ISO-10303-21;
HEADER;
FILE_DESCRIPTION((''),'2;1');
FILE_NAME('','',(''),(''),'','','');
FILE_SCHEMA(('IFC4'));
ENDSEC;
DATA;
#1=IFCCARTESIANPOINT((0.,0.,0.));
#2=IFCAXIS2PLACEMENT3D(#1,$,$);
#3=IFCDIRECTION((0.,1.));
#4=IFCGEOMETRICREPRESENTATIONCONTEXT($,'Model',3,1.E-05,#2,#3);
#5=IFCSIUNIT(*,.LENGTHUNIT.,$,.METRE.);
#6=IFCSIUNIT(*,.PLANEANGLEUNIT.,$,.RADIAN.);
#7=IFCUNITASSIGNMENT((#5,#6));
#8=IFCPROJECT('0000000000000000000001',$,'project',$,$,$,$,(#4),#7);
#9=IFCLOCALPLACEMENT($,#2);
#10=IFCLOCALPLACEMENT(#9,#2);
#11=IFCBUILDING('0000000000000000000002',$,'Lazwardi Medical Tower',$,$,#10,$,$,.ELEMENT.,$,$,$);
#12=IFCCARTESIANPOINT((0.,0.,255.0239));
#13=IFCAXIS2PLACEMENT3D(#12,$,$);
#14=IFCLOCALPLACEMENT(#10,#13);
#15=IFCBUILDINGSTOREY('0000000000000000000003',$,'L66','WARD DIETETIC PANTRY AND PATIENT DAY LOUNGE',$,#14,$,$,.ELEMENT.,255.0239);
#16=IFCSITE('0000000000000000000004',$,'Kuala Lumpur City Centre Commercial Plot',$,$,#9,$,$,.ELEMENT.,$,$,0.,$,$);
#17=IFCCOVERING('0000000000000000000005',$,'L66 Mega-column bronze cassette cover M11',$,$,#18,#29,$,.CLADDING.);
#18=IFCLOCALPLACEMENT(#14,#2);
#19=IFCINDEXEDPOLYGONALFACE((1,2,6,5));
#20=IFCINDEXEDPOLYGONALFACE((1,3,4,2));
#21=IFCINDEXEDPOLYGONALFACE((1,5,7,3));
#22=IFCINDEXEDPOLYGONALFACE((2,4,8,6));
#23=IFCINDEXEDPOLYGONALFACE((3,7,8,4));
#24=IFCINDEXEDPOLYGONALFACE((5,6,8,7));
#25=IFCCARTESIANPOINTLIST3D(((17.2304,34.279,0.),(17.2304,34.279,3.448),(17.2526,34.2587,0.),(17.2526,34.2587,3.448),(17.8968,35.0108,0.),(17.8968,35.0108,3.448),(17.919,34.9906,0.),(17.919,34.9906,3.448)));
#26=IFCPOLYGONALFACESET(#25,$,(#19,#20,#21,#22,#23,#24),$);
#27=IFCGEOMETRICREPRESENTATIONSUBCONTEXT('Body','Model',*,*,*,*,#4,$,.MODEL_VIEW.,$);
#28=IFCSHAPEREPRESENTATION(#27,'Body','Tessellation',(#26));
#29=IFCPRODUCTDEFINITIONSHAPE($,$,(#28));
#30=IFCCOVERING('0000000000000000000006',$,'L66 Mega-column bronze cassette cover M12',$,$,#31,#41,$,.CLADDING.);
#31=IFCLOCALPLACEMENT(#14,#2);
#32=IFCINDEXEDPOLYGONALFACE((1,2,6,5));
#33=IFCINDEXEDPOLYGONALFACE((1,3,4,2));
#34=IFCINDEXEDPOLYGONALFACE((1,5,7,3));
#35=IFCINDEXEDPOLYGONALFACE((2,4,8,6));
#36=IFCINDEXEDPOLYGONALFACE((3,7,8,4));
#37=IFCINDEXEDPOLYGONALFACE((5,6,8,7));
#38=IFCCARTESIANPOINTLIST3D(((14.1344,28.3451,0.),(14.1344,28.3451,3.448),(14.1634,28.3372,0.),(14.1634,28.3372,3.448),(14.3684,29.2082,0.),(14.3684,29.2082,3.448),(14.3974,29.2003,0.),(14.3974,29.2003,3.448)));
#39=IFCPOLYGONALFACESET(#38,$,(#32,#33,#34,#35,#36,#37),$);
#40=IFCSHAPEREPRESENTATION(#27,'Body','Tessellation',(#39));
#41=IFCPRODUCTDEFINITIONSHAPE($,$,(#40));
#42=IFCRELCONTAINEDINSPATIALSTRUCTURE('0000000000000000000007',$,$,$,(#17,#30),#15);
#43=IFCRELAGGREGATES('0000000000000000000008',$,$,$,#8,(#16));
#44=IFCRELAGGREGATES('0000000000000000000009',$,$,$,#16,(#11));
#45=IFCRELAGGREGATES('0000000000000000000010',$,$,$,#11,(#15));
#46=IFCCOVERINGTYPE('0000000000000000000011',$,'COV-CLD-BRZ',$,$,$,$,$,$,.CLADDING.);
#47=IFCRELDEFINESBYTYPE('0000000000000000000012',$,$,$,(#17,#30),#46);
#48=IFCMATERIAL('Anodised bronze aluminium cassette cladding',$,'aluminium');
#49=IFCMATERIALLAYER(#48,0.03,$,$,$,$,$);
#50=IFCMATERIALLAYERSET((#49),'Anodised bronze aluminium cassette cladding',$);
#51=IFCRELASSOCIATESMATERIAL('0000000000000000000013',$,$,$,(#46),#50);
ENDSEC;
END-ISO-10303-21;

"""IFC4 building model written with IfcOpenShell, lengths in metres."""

from ifc_helpers import new_model, si_unit, direction, frame, origin, origin_2d, place, context, subcontext, project, spatial, rectangle, extrude, material, layer, layer_set, type_object, element, save


model = new_model("IFC4")

# Units and contexts
model_context = context("Model", 3, precision=1e-05, world=origin(), true_north=direction((0.0, 1.0)))
body_context = subcontext(model_context, "Body", "Model", "MODEL_VIEW")
ifc_project = project(units=[si_unit("LENGTHUNIT", "METRE"), si_unit("PLANEANGLEUNIT", "RADIAN")], contexts=[model_context])

# Site, building, storey
site_placement = place(None, origin())
site = spatial("IfcSite", under=ifc_project, at=site_placement, Name="Kuala Lumpur City Centre Commercial Plot", CompositionType="ELEMENT", RefElevation=0.0)
building_placement = place(site_placement, origin())
building = spatial("IfcBuilding", under=site, at=building_placement, Name="Lazwardi Medical Tower", CompositionType="ELEMENT")
storey_placement = place(building_placement, frame((0.0, 0.0, 255.0239)))
storey = spatial("IfcBuildingStorey", under=building, at=storey_placement, Name="L66", Description="WARD DIETETIC PANTRY AND PATIENT DAY LOUNGE", CompositionType="ELEMENT", Elevation=255.0239)

# Coverings
ifc_material_1 = material(Name="Anodised bronze aluminium cassette cladding", Category="aluminium")
ifc_layer_1 = layer(ifc_material_1, 0.03)
ifc_layer_set_1 = layer_set([ifc_layer_1], Name="Anodised bronze aluminium cassette cladding")
covering_type = type_object("IfcCoveringType", Name="COV-CLD-BRZ", PredefinedType="CLADDING", material=ifc_layer_set_1)
covering_1_placement = place(storey_placement, frame((17.5747, 34.6348, 0.0), z_axis=(0.0, 0.0, 1.0), x_axis=(-0.673241, -0.739423, 0.0)))
element("IfcCovering", 1, at=covering_1_placement, inside=storey, type_object=covering_type, Name="L66 Mega-column bronze cassette cover M11", PredefinedType="CLADDING", context=body_context, shape_type="SweptSolid", body=[
    extrude(rectangle(XDim=0.9897, YDim=0.03, at=origin_2d()), origin(), (0.0, 0.0, 1.0), 3.448),
])
covering_2_placement = place(storey_placement, frame((14.2659, 28.7727, 0.0), z_axis=(0.0, 0.0, 1.0), x_axis=(-0.261642, -0.965165, 0.0)))
element("IfcCovering", 2, at=covering_2_placement, inside=storey, type_object=covering_type, Name="L66 Mega-column bronze cassette cover M12", PredefinedType="CLADDING", context=body_context, shape_type="SweptSolid", body=[
    extrude(rectangle(XDim=0.8943, YDim=0.03, at=origin_2d()), origin(), (0.0, 0.0, 1.0), 3.448),
])

save(model, "model.ifc")
